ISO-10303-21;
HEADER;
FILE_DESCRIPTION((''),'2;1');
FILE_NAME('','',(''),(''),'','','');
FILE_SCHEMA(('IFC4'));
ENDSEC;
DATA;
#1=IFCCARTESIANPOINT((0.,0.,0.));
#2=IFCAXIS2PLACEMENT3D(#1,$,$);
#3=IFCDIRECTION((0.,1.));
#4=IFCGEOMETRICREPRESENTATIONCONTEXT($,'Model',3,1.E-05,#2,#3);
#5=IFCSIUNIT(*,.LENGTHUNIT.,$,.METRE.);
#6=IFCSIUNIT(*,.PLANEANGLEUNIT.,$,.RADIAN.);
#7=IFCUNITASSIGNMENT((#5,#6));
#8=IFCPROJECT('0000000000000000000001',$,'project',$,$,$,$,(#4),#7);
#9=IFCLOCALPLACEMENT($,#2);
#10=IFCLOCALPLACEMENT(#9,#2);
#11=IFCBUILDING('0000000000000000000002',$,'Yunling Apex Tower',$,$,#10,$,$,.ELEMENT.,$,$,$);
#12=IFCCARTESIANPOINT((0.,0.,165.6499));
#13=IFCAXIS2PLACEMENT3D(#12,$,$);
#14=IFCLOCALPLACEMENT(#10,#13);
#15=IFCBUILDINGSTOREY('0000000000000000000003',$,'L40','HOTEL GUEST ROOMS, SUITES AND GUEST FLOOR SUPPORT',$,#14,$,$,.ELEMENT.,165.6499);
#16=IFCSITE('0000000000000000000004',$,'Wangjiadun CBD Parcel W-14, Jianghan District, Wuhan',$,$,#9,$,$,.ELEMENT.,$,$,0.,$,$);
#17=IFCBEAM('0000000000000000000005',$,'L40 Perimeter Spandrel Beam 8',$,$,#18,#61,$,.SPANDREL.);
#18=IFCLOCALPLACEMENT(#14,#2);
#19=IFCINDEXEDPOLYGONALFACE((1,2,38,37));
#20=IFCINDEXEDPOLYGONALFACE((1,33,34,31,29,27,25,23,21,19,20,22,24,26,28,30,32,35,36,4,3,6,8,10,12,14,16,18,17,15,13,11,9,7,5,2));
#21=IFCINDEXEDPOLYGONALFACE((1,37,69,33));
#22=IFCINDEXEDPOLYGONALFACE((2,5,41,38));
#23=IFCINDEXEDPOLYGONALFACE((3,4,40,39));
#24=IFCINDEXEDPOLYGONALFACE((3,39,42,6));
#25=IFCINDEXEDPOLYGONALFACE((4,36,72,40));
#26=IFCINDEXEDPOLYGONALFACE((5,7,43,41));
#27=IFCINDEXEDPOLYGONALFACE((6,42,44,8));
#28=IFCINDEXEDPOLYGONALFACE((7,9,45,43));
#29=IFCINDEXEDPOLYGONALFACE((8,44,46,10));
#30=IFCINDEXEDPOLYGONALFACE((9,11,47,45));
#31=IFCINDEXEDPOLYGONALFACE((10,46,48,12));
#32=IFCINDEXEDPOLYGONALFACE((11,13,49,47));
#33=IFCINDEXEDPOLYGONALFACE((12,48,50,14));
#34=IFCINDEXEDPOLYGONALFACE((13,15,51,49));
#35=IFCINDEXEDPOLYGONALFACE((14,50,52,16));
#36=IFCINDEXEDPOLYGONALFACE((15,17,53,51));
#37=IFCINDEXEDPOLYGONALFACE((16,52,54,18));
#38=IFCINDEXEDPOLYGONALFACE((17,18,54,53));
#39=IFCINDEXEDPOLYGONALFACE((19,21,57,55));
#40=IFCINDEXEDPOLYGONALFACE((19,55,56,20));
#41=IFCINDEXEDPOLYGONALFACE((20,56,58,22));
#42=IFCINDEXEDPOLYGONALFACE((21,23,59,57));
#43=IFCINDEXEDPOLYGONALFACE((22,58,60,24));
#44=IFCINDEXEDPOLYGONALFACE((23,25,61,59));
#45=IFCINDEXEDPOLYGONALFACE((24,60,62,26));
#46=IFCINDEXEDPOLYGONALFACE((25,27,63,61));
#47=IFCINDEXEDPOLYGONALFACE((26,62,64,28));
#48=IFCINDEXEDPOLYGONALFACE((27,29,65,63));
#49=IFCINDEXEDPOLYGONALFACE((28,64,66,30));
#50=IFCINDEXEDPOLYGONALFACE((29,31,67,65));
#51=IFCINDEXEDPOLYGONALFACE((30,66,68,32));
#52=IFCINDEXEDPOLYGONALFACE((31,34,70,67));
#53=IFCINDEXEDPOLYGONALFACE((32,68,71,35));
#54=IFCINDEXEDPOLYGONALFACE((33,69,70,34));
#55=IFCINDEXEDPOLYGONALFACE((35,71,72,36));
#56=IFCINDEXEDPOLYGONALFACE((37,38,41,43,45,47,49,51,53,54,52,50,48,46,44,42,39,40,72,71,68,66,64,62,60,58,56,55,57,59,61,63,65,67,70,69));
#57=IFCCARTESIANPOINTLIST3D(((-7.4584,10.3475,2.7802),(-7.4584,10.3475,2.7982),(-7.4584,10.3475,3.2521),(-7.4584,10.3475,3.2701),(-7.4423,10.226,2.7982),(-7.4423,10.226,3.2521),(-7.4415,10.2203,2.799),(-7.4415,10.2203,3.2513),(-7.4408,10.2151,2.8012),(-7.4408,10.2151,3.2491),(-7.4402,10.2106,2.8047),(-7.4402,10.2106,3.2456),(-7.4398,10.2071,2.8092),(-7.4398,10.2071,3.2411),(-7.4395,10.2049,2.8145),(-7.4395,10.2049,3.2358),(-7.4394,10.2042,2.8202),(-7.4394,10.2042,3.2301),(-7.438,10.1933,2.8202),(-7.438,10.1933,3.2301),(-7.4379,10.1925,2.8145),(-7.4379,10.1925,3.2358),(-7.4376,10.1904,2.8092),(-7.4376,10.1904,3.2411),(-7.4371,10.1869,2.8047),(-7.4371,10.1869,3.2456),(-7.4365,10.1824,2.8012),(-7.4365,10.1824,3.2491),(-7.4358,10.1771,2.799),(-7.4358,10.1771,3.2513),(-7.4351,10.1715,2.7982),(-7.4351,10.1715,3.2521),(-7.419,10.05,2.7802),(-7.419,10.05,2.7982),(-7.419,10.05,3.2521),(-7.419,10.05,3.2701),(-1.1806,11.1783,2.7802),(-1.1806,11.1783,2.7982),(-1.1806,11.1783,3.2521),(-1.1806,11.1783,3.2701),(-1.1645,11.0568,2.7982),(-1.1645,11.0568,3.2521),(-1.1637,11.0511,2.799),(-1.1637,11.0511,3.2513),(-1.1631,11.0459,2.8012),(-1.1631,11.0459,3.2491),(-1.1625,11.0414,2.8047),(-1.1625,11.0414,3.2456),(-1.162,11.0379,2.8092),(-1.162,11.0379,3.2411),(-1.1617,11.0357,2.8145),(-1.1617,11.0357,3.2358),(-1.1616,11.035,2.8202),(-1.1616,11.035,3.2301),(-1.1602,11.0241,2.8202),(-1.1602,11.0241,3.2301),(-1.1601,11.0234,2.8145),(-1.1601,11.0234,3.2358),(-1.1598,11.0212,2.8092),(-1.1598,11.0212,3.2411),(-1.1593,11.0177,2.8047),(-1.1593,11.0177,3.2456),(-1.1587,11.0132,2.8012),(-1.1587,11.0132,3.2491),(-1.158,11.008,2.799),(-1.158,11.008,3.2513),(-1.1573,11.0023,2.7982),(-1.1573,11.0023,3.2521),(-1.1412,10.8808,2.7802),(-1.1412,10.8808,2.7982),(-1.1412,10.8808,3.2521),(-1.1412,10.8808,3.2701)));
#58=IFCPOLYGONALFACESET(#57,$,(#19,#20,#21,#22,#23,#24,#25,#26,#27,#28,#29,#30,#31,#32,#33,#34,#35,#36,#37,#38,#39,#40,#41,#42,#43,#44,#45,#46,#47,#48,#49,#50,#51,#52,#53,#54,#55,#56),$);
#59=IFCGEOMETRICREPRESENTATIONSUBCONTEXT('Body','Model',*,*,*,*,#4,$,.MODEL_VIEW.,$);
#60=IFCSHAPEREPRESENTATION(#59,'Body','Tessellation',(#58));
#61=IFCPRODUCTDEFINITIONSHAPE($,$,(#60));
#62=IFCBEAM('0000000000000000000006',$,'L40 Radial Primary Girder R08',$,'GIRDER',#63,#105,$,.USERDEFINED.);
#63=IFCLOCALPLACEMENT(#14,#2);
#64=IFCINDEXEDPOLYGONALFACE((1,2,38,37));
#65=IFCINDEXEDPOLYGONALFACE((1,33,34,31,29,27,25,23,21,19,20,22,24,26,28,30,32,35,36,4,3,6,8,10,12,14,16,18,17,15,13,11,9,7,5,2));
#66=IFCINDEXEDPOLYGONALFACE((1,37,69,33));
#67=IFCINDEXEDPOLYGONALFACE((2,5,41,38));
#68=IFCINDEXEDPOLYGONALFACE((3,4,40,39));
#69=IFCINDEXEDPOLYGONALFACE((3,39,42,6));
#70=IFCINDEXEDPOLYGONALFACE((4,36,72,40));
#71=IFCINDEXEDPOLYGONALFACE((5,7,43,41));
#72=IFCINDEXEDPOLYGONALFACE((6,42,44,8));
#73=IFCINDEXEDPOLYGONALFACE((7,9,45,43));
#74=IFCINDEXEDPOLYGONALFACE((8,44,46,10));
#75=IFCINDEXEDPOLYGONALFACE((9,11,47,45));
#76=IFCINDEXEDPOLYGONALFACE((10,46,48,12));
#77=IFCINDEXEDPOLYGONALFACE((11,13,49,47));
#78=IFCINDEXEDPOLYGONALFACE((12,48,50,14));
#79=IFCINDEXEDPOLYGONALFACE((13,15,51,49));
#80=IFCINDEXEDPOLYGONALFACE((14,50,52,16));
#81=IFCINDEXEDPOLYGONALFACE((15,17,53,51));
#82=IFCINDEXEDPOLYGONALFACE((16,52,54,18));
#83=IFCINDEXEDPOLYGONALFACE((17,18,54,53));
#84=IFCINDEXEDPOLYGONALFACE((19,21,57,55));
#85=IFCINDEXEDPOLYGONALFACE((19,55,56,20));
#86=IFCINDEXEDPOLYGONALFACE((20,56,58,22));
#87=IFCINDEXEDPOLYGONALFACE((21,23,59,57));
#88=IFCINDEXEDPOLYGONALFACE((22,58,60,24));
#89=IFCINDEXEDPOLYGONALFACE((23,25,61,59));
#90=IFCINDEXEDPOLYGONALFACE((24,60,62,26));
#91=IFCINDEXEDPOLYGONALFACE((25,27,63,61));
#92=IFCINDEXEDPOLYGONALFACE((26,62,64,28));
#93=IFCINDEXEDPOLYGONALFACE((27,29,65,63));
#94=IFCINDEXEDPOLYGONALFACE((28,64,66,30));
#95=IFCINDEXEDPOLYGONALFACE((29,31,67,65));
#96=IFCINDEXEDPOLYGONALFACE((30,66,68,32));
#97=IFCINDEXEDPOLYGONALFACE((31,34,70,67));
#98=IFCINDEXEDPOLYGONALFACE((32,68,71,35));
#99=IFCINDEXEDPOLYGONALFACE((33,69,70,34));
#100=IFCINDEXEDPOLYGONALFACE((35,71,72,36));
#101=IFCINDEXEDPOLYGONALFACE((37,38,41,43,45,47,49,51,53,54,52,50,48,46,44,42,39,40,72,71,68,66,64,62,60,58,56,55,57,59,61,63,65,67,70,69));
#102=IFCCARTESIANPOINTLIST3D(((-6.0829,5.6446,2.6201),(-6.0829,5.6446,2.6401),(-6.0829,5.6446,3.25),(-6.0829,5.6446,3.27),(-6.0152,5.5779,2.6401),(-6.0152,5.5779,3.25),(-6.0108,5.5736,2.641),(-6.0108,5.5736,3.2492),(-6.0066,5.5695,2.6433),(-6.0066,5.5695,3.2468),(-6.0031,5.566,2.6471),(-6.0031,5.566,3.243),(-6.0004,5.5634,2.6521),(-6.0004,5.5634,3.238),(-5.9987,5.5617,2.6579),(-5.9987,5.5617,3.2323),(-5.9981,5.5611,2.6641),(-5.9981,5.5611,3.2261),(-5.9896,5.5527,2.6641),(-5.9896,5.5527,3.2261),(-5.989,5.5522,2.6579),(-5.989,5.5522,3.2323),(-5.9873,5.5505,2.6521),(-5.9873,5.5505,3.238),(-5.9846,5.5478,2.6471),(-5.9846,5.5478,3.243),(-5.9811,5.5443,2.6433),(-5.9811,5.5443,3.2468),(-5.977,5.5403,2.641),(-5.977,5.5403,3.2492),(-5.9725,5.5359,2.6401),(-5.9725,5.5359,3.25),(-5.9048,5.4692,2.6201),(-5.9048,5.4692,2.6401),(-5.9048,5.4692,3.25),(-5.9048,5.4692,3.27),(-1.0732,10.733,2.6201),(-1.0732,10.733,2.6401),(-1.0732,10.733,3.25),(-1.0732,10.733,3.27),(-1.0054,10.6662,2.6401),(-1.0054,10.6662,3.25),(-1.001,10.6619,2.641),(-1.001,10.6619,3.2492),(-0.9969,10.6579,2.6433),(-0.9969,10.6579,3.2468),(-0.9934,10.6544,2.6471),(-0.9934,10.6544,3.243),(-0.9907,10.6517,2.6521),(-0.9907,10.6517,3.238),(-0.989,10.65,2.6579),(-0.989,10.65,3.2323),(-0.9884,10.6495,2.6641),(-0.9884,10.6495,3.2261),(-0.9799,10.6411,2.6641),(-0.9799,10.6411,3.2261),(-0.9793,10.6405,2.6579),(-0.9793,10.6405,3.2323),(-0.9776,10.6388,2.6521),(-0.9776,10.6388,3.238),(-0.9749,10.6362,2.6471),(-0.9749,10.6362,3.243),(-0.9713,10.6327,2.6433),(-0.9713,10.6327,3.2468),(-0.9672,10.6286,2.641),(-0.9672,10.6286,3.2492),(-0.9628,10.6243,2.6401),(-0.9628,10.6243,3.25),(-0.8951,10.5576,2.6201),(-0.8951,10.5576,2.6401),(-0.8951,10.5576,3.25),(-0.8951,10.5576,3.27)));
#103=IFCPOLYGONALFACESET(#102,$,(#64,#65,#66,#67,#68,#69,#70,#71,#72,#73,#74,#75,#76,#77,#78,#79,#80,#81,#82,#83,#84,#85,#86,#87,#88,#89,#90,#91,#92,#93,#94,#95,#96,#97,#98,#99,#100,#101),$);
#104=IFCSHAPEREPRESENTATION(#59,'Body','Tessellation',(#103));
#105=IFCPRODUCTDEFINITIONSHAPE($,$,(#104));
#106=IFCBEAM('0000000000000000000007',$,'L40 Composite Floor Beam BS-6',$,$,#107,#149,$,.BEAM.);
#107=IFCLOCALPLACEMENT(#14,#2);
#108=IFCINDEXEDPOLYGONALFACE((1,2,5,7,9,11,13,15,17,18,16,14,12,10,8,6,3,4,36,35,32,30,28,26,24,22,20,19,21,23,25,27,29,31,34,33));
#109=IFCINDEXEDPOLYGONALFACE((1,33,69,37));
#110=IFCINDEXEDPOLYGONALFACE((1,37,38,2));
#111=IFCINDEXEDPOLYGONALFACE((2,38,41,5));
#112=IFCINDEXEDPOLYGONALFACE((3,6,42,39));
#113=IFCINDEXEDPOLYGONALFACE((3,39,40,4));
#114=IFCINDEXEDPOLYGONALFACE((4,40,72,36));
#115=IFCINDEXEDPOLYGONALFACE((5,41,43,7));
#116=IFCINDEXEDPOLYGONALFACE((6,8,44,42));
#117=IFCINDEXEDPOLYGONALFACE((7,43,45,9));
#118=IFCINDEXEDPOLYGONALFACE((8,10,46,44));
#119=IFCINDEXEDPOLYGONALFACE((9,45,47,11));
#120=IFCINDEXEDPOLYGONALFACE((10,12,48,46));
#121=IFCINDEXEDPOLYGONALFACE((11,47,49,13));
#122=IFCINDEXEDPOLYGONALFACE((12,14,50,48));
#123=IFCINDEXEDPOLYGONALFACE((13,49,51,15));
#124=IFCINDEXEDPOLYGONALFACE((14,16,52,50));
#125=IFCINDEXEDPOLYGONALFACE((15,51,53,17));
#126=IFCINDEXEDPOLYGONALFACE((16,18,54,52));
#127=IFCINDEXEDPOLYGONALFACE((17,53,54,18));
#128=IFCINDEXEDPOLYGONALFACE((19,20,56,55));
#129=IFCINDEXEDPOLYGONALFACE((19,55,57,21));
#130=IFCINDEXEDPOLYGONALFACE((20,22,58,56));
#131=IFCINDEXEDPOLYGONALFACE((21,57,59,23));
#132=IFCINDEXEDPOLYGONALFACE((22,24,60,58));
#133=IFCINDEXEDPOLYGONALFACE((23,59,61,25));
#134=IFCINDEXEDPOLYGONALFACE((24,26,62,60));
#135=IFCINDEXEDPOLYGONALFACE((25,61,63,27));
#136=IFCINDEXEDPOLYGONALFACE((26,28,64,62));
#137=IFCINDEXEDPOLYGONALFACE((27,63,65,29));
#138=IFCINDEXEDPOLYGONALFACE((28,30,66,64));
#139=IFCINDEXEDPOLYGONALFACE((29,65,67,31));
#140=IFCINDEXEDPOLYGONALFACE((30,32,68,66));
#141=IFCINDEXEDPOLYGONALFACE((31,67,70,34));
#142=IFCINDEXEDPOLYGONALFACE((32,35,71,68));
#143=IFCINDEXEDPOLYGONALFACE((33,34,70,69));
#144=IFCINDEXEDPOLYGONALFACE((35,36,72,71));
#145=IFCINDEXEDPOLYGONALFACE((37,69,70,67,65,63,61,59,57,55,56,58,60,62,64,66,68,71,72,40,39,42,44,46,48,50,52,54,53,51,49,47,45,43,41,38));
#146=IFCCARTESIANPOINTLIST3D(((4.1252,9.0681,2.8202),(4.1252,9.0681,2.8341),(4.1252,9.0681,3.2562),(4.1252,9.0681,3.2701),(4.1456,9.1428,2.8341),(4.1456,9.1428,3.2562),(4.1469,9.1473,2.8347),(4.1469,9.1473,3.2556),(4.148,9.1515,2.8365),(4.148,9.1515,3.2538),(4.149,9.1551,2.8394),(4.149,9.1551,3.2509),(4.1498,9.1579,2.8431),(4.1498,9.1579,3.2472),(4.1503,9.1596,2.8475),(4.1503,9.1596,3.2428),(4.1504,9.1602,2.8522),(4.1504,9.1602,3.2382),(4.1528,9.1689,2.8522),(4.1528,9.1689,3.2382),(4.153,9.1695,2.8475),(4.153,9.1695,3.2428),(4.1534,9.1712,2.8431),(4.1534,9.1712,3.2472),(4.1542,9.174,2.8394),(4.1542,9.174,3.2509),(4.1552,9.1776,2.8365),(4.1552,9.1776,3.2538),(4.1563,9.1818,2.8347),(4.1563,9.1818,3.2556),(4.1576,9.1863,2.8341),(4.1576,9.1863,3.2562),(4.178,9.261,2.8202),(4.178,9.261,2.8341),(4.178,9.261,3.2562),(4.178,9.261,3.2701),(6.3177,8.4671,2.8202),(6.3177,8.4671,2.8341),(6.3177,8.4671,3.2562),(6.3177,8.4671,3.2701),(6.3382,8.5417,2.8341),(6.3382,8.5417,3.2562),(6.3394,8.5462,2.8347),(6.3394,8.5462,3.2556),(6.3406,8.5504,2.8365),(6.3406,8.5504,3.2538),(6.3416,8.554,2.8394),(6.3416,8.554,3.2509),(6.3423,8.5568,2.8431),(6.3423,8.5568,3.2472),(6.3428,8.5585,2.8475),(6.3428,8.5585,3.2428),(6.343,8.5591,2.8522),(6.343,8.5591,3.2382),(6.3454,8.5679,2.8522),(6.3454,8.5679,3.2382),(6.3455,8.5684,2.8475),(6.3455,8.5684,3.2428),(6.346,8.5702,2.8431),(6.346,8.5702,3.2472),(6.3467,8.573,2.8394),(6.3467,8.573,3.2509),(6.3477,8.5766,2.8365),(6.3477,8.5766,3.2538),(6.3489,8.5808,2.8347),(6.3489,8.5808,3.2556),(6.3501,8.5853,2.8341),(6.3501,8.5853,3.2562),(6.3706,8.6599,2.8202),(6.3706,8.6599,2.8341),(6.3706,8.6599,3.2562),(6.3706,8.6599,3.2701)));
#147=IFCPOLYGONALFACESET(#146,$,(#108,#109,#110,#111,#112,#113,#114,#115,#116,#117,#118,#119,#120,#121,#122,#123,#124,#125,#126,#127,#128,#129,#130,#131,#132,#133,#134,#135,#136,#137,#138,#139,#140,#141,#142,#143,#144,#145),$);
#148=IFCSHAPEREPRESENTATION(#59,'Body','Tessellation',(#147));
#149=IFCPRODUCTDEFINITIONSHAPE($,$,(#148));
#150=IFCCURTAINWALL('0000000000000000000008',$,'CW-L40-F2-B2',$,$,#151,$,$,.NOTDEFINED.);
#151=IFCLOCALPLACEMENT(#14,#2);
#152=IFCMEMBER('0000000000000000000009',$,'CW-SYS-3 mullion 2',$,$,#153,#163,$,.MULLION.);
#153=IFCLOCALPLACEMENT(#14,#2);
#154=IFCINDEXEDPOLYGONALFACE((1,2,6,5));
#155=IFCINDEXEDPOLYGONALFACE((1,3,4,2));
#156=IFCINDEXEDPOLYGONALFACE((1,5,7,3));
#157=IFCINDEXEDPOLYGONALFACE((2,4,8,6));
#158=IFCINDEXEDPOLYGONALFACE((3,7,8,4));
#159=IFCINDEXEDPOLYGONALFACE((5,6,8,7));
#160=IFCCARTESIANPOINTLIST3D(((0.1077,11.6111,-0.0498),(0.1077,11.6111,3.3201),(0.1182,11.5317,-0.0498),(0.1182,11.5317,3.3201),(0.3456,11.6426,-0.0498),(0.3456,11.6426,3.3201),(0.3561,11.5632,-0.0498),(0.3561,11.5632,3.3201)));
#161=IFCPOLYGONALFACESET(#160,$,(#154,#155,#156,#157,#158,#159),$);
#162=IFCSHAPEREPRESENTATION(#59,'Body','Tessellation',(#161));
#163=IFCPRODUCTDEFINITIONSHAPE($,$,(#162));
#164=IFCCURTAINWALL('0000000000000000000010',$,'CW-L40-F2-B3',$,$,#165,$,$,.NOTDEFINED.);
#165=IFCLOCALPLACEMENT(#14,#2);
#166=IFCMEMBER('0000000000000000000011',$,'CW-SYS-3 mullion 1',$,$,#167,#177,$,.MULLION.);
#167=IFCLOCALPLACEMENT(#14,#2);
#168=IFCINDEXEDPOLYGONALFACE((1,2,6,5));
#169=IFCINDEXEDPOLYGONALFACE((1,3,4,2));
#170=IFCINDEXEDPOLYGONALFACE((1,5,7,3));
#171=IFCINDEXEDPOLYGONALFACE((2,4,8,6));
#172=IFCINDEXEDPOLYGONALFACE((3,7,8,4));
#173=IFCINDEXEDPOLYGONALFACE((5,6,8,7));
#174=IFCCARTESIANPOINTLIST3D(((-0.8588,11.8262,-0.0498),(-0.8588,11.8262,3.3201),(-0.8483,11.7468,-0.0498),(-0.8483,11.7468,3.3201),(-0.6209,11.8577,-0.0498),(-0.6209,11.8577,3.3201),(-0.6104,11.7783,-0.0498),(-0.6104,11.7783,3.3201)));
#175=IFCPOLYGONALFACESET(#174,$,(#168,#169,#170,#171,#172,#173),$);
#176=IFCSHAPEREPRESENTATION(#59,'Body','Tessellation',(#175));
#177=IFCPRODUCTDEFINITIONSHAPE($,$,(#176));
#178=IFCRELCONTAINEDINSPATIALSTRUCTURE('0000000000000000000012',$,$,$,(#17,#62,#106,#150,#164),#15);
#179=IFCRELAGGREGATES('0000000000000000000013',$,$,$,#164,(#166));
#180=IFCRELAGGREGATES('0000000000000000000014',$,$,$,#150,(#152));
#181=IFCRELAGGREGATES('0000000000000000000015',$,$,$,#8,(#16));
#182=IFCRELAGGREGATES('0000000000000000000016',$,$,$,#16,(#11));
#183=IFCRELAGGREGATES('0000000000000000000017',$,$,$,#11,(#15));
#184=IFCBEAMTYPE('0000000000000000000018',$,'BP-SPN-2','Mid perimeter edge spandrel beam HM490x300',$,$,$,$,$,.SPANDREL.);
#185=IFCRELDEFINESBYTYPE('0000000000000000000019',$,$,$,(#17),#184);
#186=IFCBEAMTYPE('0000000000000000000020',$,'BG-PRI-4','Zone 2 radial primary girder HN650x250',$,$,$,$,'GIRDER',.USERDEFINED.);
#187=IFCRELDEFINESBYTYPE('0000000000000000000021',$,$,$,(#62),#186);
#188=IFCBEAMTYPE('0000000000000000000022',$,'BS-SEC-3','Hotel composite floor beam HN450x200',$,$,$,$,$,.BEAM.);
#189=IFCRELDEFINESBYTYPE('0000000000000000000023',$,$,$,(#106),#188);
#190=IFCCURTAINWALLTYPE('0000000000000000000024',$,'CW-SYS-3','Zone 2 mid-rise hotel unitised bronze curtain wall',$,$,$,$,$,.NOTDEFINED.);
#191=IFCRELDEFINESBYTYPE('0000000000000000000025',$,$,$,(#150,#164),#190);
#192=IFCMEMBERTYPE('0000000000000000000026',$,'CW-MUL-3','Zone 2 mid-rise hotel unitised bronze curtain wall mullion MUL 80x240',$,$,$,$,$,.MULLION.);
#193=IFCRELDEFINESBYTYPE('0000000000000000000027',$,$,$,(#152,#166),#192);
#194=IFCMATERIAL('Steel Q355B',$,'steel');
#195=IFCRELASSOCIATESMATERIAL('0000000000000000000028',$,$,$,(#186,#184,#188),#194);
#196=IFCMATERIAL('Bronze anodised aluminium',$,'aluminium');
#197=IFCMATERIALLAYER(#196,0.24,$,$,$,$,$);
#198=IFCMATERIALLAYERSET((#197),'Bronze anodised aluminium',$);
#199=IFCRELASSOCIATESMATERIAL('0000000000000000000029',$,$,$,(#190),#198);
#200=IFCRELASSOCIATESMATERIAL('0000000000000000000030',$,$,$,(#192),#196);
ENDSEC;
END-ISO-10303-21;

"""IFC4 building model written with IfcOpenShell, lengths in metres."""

from ifc_helpers import new_model, si_unit, direction, frame, origin, origin_2d, place, context, subcontext, project, spatial, rectangle, i_section, extrude, source, transform, mapped, material, layer, layer_set, material_profile, profile_set, type_object, element, aggregate, save


model = new_model("IFC4")

# Units and contexts
model_context = context("Model", 3, precision=1e-05, world=origin(), true_north=direction((0.0, 1.0)))
body_context = subcontext(model_context, "Body", "Model", "MODEL_VIEW")
ifc_project = project(units=[si_unit("LENGTHUNIT", "METRE"), si_unit("PLANEANGLEUNIT", "RADIAN")], contexts=[model_context])

# Site, building, storey
site_placement = place(None, origin())
site = spatial("IfcSite", under=ifc_project, at=site_placement, Name="Wangjiadun CBD Parcel W-14, Jianghan District, Wuhan", CompositionType="ELEMENT", RefElevation=0.0)
building_placement = place(site_placement, origin())
building = spatial("IfcBuilding", under=site, at=building_placement, Name="Yunling Apex Tower", CompositionType="ELEMENT")
storey_placement = place(building_placement, frame((0.0, 0.0, 165.6499)))
storey = spatial("IfcBuildingStorey", under=building, at=storey_placement, Name="L40", Description="HOTEL GUEST ROOMS, SUITES AND GUEST FLOOR SUPPORT", CompositionType="ELEMENT", Elevation=165.6499)

# Beams
ifc_material_1 = material(Name="Steel Q355B", Category="steel")
ifc_material_profile_1 = material_profile(ifc_material_1, i_section(OverallWidth=0.25, OverallDepth=0.6499, WebThickness=0.012, FlangeThickness=0.02, FilletRadius=0.0239, at=origin_2d()))
ifc_profile_set_1 = profile_set([ifc_material_profile_1], Name="Steel Q355B")
beam_type_1 = type_object("IfcBeamType", Name="BG-PRI-4", Description="Zone 2 radial primary girder HN650x250", ElementType="GIRDER", PredefinedType="USERDEFINED", material=ifc_profile_set_1)
ifc_material_profile_2 = material_profile(ifc_material_1, i_section(OverallWidth=0.3, OverallDepth=0.49, WebThickness=0.011, FlangeThickness=0.0181, FilletRadius=0.022, at=origin_2d()))
ifc_profile_set_2 = profile_set([ifc_material_profile_2], Name="Steel Q355B")
beam_type_2 = type_object("IfcBeamType", Name="BP-SPN-2", Description="Mid perimeter edge spandrel beam HM490x300", PredefinedType="SPANDREL", material=ifc_profile_set_2)
shared_shape_1 = source(origin(), body_context, "Body", "SweptSolid", [
    extrude(i_section(OverallWidth=0.3, OverallDepth=0.49, WebThickness=0.011, FlangeThickness=0.0181, FilletRadius=0.022, at=origin_2d()), origin(), (0.0, 0.0, 1.0), 6.3325),
])
beam_1_placement = place(storey_placement, frame((-1.1609, 11.0295, 3.0251), z_axis=(-0.991356, -0.131196, 0.0), x_axis=(0.131196, -0.991356, 0.0)))
element("IfcBeam", 1, at=beam_1_placement, inside=storey, type_object=beam_type_2, Name="L40 Perimeter Spandrel Beam 8", PredefinedType="SPANDREL", context=body_context, shape_type="MappedRepresentation", body=[
    mapped(shared_shape_1, transform((0.0, 0.0, 0.0), scale=1.0)),
])
shared_shape_2 = source(origin(), body_context, "Body", "SweptSolid", [
    extrude(i_section(OverallWidth=0.25, OverallDepth=0.6499, WebThickness=0.012, FlangeThickness=0.02, FilletRadius=0.0239, at=origin_2d()), origin(), (0.0, 0.0, 1.0), 7.1406),
])
beam_2_placement = place(storey_placement, frame((-0.9841, 10.6453, 2.9451), z_axis=(-0.701581, -0.71259, 0.0), x_axis=(0.71259, -0.701581, 0.0)))
element("IfcBeam", 2, at=beam_2_placement, inside=storey, type_object=beam_type_1, Name="L40 Radial Primary Girder R08", ObjectType="GIRDER", PredefinedType="USERDEFINED", context=body_context, shape_type="MappedRepresentation", body=[
    mapped(shared_shape_2, transform((0.0, 0.0, 0.0), scale=1.0)),
])
ifc_material_profile_3 = material_profile(ifc_material_1, i_section(OverallWidth=0.2, OverallDepth=0.45, WebThickness=0.009, FlangeThickness=0.0139, FilletRadius=0.0181, at=origin_2d()))
ifc_profile_set_3 = profile_set([ifc_material_profile_3], Name="Steel Q355B")
beam_type_3 = type_object("IfcBeamType", Name="BS-SEC-3", Description="Hotel composite floor beam HN450x200", PredefinedType="BEAM", material=ifc_profile_set_3)
shared_shape_3 = source(origin(), body_context, "Body", "SweptSolid", [
    extrude(i_section(OverallWidth=0.2, OverallDepth=0.45, WebThickness=0.009, FlangeThickness=0.0139, FilletRadius=0.0181, at=origin_2d()), origin(), (0.0, 0.0, 1.0), 2.2734),
])
beam_3_placement = place(storey_placement, frame((4.1516, 9.1646, 3.0452), z_axis=(0.964419, -0.26438, 0.0), x_axis=(0.26438, 0.964419, 0.0)))
element("IfcBeam", 3, at=beam_3_placement, inside=storey, type_object=beam_type_3, Name="L40 Composite Floor Beam BS-6", PredefinedType="BEAM", context=body_context, shape_type="MappedRepresentation", body=[
    mapped(shared_shape_3, transform((0.0, 0.0, 0.0), scale=1.0)),
])

# Curtain walls, members
ifc_material_2 = material(Name="Bronze anodised aluminium", Category="aluminium")
ifc_layer_1 = layer(ifc_material_2, 0.24)
ifc_layer_set_1 = layer_set([ifc_layer_1], Name="Bronze anodised aluminium")
curtain_wall_type = type_object("IfcCurtainWallType", Name="CW-SYS-3", Description="Zone 2 mid-rise hotel unitised bronze curtain wall", PredefinedType="NOTDEFINED", material=ifc_layer_set_1)
curtain_wall_1_placement = place(storey_placement, origin())
curtain_wall_1 = element("IfcCurtainWall", 4, at=curtain_wall_1_placement, inside=storey, type_object=curtain_wall_type, Name="CW-L40-F2-B2", PredefinedType="NOTDEFINED")
ifc_material_profile_4 = material_profile(ifc_material_2, rectangle(XDim=0.0801, YDim=0.24, at=origin_2d()))
ifc_profile_set_4 = profile_set([ifc_material_profile_4], Name="Bronze anodised aluminium")
member_type_1 = type_object("IfcMemberType", Name="CW-MUL-3", Description="Zone 2 mid-rise hotel unitised bronze curtain wall mullion MUL 80x240", PredefinedType="MULLION", material=ifc_profile_set_4)
shared_shape_4 = source(origin(), body_context, "Body", "SweptSolid", [
    extrude(rectangle(XDim=0.0801, YDim=0.24, at=origin_2d()), origin(), (0.0, 0.0, 1.0), 3.3699),
])
member_1_placement = place(storey_placement, frame((0.2319, 11.5872, -0.0498), z_axis=(0.0, 0.0, 1.0), x_axis=(0.131205, -0.991355, 0.0)))
member_1 = element("IfcMember", 5, at=member_1_placement, type_object=member_type_1, Name="CW-SYS-3 mullion 2", PredefinedType="MULLION", context=body_context, shape_type="MappedRepresentation", body=[
    mapped(shared_shape_4, transform((0.0, 0.0, 0.0), scale=1.0)),
])
curtain_wall_2_placement = place(storey_placement, origin())
curtain_wall_2 = element("IfcCurtainWall", 6, at=curtain_wall_2_placement, inside=storey, type_object=curtain_wall_type, Name="CW-L40-F2-B3", PredefinedType="NOTDEFINED")
member_2_placement = place(storey_placement, frame((-0.7346, 11.8022, -0.0498), z_axis=(0.0, 0.0, 1.0), x_axis=(0.131209, -0.991355, 0.0)))
member_2 = element("IfcMember", 7, at=member_2_placement, type_object=member_type_1, Name="CW-SYS-3 mullion 1", PredefinedType="MULLION", context=body_context, shape_type="MappedRepresentation", body=[
    mapped(shared_shape_4, transform((0.0, 0.0, 0.0), scale=1.0)),
])

aggregate(curtain_wall_2, [member_2])

aggregate(curtain_wall_1, [member_1])

save(model, "model.ifc")
